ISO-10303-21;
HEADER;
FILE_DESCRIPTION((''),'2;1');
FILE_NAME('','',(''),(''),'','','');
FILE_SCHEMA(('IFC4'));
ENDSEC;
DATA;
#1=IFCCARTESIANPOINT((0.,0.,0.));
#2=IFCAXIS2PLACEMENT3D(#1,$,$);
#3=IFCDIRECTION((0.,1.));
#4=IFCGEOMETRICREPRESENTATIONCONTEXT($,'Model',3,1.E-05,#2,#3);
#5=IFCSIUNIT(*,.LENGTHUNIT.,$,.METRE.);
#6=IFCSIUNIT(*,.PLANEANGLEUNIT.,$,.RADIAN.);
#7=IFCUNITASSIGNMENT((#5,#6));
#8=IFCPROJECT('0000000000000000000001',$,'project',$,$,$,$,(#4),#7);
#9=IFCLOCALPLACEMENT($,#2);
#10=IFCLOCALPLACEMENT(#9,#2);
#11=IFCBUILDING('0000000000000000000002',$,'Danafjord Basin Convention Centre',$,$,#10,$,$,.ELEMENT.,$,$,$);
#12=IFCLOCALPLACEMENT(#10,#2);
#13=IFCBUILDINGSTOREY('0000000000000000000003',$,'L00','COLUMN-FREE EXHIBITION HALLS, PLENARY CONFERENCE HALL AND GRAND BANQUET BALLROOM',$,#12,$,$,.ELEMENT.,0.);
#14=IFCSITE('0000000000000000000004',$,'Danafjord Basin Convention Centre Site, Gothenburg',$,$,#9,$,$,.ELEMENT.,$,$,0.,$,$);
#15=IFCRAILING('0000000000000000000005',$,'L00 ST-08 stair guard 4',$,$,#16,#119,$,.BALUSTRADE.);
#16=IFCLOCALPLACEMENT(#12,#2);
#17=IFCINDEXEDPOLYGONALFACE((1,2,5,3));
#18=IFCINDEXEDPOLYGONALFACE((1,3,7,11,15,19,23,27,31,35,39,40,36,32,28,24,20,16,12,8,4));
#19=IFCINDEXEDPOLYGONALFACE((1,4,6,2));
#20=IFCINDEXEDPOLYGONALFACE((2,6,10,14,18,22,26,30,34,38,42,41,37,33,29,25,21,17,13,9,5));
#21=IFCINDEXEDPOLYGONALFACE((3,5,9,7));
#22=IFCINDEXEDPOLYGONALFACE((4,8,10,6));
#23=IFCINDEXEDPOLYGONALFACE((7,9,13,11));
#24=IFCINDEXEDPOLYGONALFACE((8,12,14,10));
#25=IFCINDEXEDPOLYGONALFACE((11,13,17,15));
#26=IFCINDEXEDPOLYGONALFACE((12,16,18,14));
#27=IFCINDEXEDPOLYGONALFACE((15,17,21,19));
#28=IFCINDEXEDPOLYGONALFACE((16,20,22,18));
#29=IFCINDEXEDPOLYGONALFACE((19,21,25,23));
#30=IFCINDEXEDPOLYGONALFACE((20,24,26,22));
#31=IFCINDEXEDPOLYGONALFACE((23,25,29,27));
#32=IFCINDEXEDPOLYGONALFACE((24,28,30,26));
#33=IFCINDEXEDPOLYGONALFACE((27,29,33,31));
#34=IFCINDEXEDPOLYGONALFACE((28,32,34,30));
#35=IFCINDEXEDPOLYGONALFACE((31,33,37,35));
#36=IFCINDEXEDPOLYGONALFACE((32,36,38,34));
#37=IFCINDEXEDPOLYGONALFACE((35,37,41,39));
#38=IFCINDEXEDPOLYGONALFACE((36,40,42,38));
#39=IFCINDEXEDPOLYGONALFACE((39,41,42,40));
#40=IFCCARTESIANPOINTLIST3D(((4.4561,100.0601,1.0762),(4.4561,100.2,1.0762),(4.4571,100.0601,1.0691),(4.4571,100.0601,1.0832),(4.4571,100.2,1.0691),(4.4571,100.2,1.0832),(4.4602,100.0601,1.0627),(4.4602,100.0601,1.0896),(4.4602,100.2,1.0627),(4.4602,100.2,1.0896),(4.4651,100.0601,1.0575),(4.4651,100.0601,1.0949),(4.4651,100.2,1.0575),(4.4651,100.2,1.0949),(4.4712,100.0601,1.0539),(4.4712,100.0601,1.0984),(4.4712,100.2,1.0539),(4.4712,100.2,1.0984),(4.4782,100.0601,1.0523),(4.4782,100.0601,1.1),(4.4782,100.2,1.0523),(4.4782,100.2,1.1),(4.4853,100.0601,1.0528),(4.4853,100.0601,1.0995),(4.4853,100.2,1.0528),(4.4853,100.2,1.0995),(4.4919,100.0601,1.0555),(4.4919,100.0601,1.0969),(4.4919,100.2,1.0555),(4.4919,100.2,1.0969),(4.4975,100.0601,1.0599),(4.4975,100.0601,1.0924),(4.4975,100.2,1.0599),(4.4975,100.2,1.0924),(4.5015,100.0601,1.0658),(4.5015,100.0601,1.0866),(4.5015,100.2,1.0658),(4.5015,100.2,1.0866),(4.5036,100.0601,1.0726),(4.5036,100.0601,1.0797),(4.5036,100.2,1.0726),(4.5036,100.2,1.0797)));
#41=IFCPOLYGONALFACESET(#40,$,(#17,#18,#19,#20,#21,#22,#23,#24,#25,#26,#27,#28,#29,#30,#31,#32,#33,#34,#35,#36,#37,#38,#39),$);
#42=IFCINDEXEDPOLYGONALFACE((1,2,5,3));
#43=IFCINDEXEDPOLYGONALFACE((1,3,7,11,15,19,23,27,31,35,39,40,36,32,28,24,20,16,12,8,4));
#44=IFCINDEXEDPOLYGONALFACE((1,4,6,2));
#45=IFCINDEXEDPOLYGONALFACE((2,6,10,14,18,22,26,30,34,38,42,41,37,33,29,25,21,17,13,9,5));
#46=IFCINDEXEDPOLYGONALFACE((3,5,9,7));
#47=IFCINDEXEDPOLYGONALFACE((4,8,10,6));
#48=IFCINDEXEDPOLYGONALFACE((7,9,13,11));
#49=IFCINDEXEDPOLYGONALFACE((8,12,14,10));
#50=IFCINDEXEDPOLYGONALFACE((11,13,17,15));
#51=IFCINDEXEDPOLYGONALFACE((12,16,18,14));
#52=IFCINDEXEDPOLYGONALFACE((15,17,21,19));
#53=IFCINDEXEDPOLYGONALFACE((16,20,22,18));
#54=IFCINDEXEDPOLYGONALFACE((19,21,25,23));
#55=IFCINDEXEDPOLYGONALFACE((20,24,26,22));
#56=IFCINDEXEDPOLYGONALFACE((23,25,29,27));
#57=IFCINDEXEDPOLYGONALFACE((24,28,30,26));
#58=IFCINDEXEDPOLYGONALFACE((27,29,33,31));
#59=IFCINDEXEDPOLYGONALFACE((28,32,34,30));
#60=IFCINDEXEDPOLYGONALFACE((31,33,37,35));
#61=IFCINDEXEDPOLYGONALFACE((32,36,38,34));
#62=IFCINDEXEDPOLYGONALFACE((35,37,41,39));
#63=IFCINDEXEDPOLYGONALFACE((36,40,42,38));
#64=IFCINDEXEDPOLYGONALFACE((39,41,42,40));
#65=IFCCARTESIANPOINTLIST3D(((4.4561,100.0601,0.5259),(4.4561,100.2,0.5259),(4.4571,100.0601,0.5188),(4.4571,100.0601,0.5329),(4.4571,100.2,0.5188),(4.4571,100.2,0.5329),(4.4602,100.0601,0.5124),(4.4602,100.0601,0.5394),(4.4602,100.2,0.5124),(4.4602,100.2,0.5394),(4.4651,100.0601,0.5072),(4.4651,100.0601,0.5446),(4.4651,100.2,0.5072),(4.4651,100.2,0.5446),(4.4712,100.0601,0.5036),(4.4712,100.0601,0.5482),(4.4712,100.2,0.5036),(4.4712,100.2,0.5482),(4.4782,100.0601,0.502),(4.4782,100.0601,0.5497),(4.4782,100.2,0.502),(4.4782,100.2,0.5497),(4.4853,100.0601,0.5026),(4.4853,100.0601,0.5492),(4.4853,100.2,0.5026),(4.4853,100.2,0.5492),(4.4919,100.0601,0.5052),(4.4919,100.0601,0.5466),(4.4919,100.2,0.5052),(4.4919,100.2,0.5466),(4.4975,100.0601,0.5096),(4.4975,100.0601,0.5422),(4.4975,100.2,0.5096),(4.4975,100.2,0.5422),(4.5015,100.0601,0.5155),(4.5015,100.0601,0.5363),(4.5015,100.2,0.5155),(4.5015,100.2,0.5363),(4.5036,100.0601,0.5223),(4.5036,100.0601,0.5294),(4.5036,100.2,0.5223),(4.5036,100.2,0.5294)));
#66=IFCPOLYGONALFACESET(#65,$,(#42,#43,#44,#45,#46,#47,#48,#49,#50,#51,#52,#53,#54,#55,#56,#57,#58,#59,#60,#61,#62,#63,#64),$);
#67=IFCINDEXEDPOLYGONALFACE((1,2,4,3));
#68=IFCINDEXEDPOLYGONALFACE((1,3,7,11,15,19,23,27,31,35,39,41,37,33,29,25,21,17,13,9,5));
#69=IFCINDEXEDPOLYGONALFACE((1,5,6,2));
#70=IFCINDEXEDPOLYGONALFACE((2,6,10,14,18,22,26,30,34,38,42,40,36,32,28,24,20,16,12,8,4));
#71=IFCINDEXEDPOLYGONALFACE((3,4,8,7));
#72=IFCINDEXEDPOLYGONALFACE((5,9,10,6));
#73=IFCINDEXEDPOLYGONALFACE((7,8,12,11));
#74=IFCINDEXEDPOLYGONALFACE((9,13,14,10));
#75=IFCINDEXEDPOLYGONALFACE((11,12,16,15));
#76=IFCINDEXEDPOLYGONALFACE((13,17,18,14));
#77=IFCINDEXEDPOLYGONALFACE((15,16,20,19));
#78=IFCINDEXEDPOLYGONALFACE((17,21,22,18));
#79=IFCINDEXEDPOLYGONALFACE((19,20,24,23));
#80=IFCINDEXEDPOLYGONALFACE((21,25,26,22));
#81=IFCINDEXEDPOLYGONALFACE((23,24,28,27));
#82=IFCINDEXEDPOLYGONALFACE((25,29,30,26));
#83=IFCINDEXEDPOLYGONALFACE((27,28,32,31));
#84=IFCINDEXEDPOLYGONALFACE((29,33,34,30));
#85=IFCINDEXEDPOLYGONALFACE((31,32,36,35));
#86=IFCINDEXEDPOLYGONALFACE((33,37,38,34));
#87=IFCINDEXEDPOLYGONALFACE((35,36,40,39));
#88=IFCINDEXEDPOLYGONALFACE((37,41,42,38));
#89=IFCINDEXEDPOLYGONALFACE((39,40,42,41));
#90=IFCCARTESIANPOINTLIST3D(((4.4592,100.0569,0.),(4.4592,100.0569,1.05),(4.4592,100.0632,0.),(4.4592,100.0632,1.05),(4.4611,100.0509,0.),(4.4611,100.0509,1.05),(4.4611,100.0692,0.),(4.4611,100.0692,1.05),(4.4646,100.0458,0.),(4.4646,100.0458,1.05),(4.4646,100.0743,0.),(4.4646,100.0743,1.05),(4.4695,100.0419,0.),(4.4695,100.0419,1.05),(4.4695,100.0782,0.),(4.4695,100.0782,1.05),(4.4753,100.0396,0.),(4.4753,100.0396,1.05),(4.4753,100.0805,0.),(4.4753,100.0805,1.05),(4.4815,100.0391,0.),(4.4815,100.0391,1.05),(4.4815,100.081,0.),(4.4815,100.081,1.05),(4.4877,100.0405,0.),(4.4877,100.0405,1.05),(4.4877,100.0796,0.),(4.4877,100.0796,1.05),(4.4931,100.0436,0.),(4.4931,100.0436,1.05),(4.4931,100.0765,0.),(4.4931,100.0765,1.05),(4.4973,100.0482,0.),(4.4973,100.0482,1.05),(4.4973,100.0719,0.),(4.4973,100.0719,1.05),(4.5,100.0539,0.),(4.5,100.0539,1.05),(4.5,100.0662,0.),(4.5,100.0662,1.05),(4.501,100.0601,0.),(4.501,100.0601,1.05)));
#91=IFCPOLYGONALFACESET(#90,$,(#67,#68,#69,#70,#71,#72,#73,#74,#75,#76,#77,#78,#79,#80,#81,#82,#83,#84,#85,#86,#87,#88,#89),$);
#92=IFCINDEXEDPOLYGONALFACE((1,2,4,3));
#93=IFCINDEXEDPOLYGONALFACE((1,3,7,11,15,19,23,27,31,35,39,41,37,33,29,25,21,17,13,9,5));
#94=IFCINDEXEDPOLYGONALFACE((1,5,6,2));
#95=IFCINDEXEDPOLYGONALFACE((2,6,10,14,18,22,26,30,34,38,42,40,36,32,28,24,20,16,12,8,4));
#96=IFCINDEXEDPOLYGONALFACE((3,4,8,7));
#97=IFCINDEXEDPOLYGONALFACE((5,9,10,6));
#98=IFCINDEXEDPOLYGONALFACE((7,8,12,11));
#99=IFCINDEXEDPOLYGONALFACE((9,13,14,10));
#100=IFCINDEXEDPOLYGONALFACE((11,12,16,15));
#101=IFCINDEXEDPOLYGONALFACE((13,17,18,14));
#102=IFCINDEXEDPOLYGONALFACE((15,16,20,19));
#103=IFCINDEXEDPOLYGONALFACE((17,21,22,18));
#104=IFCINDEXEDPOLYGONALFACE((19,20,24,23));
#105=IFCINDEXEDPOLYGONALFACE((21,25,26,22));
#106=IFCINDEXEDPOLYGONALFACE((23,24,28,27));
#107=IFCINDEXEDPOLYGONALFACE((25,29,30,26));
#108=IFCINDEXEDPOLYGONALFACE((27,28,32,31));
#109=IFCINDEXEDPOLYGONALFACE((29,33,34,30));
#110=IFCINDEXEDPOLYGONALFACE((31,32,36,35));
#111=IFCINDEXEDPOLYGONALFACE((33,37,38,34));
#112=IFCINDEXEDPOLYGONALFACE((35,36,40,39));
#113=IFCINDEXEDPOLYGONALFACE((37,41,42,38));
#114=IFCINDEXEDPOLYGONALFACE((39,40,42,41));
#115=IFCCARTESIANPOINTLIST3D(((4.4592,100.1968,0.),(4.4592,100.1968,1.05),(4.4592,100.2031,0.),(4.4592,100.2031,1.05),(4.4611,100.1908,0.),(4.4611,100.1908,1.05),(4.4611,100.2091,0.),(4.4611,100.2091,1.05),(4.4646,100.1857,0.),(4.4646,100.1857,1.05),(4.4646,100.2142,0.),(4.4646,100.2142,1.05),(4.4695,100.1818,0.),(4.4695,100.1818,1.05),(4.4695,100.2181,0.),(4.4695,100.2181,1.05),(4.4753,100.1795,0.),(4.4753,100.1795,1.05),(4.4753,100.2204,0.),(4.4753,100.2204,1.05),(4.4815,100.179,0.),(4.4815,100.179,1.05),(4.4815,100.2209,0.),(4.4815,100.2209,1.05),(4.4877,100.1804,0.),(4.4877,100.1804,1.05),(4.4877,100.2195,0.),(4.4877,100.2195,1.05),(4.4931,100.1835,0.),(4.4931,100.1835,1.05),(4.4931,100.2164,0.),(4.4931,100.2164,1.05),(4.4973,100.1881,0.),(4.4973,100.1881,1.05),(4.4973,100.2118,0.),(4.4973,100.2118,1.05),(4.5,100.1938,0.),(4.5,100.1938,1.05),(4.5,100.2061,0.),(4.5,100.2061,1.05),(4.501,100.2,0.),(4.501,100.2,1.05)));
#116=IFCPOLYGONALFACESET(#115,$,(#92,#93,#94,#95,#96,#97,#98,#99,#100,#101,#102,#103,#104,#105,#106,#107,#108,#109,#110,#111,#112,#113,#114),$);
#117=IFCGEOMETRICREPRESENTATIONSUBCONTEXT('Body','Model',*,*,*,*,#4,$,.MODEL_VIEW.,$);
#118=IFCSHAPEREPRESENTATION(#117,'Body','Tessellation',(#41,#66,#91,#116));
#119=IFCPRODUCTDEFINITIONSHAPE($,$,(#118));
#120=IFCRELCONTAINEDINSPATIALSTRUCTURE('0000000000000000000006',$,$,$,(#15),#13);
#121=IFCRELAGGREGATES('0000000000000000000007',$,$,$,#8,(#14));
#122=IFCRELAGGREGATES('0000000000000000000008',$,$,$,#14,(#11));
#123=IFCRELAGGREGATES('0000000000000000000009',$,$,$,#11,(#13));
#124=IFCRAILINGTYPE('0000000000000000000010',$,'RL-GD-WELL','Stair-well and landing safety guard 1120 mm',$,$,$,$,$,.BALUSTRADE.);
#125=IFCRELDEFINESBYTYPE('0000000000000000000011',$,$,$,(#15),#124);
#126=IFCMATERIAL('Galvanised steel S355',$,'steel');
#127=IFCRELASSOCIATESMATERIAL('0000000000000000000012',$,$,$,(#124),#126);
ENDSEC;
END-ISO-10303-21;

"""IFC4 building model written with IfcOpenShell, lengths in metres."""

from ifc_helpers import new_model, si_unit, direction, frame, origin, origin_2d, place, context, subcontext, project, spatial, circle, extrude, material, type_object, element, save


model = new_model("IFC4")

# Units and contexts
model_context = context("Model", 3, precision=1e-05, world=origin(), true_north=direction((0.0, 1.0)))
body_context = subcontext(model_context, "Body", "Model", "MODEL_VIEW")
ifc_project = project(units=[si_unit("LENGTHUNIT", "METRE"), si_unit("PLANEANGLEUNIT", "RADIAN")], contexts=[model_context])

# Site, building, storey
site_placement = place(None, origin())
site = spatial("IfcSite", under=ifc_project, at=site_placement, Name="Danafjord Basin Convention Centre Site, Gothenburg", CompositionType="ELEMENT", RefElevation=0.0)
building_placement = place(site_placement, origin())
building = spatial("IfcBuilding", under=site, at=building_placement, Name="Danafjord Basin Convention Centre", CompositionType="ELEMENT")
storey_placement = place(building_placement, origin())
storey = spatial("IfcBuildingStorey", under=building, at=storey_placement, Name="L00", Description="COLUMN-FREE EXHIBITION HALLS, PLENARY CONFERENCE HALL AND GRAND BANQUET BALLROOM", CompositionType="ELEMENT", Elevation=0.0)

# Railing
ifc_material_1 = material(Name="Galvanised steel S355", Category="steel")
railing_type_1 = type_object("IfcRailingType", Name="RL-GD-WELL", Description="Stair-well and landing safety guard 1120 mm", PredefinedType="BALUSTRADE", material=ifc_material_1)
railing_1_placement = place(storey_placement, frame((4.48, 100.0601, 0.0)))
element("IfcRailing", 1, at=railing_1_placement, inside=storey, type_object=railing_type_1, Name="L00 ST-08 stair guard 4", PredefinedType="BALUSTRADE", context=body_context, shape_type="SweptSolid", body=[
    extrude(circle(Radius=0.0239, at=origin_2d()), frame((0.0, 0.0, 1.0762), z_axis=(0.0, 1.0, 0.0), x_axis=(-1.0, 0.0, 0.0)), (0.0, 0.0, 1.0), 0.1399),
    extrude(circle(Radius=0.0239, at=origin_2d()), frame((0.0, 0.0, 0.5259), z_axis=(0.0, 1.0, 0.0), x_axis=(-1.0, 0.0, 0.0)), (0.0, 0.0, 1.0), 0.1399),
    extrude(circle(Radius=0.021, at=origin_2d()), origin(), (0.0, 0.0, 1.0), 1.05),
    extrude(circle(Radius=0.021, at=origin_2d()), frame((0.0, 0.1399, 0.0)), (0.0, 0.0, 1.0), 1.05),
])

save(model, "model.ifc")
